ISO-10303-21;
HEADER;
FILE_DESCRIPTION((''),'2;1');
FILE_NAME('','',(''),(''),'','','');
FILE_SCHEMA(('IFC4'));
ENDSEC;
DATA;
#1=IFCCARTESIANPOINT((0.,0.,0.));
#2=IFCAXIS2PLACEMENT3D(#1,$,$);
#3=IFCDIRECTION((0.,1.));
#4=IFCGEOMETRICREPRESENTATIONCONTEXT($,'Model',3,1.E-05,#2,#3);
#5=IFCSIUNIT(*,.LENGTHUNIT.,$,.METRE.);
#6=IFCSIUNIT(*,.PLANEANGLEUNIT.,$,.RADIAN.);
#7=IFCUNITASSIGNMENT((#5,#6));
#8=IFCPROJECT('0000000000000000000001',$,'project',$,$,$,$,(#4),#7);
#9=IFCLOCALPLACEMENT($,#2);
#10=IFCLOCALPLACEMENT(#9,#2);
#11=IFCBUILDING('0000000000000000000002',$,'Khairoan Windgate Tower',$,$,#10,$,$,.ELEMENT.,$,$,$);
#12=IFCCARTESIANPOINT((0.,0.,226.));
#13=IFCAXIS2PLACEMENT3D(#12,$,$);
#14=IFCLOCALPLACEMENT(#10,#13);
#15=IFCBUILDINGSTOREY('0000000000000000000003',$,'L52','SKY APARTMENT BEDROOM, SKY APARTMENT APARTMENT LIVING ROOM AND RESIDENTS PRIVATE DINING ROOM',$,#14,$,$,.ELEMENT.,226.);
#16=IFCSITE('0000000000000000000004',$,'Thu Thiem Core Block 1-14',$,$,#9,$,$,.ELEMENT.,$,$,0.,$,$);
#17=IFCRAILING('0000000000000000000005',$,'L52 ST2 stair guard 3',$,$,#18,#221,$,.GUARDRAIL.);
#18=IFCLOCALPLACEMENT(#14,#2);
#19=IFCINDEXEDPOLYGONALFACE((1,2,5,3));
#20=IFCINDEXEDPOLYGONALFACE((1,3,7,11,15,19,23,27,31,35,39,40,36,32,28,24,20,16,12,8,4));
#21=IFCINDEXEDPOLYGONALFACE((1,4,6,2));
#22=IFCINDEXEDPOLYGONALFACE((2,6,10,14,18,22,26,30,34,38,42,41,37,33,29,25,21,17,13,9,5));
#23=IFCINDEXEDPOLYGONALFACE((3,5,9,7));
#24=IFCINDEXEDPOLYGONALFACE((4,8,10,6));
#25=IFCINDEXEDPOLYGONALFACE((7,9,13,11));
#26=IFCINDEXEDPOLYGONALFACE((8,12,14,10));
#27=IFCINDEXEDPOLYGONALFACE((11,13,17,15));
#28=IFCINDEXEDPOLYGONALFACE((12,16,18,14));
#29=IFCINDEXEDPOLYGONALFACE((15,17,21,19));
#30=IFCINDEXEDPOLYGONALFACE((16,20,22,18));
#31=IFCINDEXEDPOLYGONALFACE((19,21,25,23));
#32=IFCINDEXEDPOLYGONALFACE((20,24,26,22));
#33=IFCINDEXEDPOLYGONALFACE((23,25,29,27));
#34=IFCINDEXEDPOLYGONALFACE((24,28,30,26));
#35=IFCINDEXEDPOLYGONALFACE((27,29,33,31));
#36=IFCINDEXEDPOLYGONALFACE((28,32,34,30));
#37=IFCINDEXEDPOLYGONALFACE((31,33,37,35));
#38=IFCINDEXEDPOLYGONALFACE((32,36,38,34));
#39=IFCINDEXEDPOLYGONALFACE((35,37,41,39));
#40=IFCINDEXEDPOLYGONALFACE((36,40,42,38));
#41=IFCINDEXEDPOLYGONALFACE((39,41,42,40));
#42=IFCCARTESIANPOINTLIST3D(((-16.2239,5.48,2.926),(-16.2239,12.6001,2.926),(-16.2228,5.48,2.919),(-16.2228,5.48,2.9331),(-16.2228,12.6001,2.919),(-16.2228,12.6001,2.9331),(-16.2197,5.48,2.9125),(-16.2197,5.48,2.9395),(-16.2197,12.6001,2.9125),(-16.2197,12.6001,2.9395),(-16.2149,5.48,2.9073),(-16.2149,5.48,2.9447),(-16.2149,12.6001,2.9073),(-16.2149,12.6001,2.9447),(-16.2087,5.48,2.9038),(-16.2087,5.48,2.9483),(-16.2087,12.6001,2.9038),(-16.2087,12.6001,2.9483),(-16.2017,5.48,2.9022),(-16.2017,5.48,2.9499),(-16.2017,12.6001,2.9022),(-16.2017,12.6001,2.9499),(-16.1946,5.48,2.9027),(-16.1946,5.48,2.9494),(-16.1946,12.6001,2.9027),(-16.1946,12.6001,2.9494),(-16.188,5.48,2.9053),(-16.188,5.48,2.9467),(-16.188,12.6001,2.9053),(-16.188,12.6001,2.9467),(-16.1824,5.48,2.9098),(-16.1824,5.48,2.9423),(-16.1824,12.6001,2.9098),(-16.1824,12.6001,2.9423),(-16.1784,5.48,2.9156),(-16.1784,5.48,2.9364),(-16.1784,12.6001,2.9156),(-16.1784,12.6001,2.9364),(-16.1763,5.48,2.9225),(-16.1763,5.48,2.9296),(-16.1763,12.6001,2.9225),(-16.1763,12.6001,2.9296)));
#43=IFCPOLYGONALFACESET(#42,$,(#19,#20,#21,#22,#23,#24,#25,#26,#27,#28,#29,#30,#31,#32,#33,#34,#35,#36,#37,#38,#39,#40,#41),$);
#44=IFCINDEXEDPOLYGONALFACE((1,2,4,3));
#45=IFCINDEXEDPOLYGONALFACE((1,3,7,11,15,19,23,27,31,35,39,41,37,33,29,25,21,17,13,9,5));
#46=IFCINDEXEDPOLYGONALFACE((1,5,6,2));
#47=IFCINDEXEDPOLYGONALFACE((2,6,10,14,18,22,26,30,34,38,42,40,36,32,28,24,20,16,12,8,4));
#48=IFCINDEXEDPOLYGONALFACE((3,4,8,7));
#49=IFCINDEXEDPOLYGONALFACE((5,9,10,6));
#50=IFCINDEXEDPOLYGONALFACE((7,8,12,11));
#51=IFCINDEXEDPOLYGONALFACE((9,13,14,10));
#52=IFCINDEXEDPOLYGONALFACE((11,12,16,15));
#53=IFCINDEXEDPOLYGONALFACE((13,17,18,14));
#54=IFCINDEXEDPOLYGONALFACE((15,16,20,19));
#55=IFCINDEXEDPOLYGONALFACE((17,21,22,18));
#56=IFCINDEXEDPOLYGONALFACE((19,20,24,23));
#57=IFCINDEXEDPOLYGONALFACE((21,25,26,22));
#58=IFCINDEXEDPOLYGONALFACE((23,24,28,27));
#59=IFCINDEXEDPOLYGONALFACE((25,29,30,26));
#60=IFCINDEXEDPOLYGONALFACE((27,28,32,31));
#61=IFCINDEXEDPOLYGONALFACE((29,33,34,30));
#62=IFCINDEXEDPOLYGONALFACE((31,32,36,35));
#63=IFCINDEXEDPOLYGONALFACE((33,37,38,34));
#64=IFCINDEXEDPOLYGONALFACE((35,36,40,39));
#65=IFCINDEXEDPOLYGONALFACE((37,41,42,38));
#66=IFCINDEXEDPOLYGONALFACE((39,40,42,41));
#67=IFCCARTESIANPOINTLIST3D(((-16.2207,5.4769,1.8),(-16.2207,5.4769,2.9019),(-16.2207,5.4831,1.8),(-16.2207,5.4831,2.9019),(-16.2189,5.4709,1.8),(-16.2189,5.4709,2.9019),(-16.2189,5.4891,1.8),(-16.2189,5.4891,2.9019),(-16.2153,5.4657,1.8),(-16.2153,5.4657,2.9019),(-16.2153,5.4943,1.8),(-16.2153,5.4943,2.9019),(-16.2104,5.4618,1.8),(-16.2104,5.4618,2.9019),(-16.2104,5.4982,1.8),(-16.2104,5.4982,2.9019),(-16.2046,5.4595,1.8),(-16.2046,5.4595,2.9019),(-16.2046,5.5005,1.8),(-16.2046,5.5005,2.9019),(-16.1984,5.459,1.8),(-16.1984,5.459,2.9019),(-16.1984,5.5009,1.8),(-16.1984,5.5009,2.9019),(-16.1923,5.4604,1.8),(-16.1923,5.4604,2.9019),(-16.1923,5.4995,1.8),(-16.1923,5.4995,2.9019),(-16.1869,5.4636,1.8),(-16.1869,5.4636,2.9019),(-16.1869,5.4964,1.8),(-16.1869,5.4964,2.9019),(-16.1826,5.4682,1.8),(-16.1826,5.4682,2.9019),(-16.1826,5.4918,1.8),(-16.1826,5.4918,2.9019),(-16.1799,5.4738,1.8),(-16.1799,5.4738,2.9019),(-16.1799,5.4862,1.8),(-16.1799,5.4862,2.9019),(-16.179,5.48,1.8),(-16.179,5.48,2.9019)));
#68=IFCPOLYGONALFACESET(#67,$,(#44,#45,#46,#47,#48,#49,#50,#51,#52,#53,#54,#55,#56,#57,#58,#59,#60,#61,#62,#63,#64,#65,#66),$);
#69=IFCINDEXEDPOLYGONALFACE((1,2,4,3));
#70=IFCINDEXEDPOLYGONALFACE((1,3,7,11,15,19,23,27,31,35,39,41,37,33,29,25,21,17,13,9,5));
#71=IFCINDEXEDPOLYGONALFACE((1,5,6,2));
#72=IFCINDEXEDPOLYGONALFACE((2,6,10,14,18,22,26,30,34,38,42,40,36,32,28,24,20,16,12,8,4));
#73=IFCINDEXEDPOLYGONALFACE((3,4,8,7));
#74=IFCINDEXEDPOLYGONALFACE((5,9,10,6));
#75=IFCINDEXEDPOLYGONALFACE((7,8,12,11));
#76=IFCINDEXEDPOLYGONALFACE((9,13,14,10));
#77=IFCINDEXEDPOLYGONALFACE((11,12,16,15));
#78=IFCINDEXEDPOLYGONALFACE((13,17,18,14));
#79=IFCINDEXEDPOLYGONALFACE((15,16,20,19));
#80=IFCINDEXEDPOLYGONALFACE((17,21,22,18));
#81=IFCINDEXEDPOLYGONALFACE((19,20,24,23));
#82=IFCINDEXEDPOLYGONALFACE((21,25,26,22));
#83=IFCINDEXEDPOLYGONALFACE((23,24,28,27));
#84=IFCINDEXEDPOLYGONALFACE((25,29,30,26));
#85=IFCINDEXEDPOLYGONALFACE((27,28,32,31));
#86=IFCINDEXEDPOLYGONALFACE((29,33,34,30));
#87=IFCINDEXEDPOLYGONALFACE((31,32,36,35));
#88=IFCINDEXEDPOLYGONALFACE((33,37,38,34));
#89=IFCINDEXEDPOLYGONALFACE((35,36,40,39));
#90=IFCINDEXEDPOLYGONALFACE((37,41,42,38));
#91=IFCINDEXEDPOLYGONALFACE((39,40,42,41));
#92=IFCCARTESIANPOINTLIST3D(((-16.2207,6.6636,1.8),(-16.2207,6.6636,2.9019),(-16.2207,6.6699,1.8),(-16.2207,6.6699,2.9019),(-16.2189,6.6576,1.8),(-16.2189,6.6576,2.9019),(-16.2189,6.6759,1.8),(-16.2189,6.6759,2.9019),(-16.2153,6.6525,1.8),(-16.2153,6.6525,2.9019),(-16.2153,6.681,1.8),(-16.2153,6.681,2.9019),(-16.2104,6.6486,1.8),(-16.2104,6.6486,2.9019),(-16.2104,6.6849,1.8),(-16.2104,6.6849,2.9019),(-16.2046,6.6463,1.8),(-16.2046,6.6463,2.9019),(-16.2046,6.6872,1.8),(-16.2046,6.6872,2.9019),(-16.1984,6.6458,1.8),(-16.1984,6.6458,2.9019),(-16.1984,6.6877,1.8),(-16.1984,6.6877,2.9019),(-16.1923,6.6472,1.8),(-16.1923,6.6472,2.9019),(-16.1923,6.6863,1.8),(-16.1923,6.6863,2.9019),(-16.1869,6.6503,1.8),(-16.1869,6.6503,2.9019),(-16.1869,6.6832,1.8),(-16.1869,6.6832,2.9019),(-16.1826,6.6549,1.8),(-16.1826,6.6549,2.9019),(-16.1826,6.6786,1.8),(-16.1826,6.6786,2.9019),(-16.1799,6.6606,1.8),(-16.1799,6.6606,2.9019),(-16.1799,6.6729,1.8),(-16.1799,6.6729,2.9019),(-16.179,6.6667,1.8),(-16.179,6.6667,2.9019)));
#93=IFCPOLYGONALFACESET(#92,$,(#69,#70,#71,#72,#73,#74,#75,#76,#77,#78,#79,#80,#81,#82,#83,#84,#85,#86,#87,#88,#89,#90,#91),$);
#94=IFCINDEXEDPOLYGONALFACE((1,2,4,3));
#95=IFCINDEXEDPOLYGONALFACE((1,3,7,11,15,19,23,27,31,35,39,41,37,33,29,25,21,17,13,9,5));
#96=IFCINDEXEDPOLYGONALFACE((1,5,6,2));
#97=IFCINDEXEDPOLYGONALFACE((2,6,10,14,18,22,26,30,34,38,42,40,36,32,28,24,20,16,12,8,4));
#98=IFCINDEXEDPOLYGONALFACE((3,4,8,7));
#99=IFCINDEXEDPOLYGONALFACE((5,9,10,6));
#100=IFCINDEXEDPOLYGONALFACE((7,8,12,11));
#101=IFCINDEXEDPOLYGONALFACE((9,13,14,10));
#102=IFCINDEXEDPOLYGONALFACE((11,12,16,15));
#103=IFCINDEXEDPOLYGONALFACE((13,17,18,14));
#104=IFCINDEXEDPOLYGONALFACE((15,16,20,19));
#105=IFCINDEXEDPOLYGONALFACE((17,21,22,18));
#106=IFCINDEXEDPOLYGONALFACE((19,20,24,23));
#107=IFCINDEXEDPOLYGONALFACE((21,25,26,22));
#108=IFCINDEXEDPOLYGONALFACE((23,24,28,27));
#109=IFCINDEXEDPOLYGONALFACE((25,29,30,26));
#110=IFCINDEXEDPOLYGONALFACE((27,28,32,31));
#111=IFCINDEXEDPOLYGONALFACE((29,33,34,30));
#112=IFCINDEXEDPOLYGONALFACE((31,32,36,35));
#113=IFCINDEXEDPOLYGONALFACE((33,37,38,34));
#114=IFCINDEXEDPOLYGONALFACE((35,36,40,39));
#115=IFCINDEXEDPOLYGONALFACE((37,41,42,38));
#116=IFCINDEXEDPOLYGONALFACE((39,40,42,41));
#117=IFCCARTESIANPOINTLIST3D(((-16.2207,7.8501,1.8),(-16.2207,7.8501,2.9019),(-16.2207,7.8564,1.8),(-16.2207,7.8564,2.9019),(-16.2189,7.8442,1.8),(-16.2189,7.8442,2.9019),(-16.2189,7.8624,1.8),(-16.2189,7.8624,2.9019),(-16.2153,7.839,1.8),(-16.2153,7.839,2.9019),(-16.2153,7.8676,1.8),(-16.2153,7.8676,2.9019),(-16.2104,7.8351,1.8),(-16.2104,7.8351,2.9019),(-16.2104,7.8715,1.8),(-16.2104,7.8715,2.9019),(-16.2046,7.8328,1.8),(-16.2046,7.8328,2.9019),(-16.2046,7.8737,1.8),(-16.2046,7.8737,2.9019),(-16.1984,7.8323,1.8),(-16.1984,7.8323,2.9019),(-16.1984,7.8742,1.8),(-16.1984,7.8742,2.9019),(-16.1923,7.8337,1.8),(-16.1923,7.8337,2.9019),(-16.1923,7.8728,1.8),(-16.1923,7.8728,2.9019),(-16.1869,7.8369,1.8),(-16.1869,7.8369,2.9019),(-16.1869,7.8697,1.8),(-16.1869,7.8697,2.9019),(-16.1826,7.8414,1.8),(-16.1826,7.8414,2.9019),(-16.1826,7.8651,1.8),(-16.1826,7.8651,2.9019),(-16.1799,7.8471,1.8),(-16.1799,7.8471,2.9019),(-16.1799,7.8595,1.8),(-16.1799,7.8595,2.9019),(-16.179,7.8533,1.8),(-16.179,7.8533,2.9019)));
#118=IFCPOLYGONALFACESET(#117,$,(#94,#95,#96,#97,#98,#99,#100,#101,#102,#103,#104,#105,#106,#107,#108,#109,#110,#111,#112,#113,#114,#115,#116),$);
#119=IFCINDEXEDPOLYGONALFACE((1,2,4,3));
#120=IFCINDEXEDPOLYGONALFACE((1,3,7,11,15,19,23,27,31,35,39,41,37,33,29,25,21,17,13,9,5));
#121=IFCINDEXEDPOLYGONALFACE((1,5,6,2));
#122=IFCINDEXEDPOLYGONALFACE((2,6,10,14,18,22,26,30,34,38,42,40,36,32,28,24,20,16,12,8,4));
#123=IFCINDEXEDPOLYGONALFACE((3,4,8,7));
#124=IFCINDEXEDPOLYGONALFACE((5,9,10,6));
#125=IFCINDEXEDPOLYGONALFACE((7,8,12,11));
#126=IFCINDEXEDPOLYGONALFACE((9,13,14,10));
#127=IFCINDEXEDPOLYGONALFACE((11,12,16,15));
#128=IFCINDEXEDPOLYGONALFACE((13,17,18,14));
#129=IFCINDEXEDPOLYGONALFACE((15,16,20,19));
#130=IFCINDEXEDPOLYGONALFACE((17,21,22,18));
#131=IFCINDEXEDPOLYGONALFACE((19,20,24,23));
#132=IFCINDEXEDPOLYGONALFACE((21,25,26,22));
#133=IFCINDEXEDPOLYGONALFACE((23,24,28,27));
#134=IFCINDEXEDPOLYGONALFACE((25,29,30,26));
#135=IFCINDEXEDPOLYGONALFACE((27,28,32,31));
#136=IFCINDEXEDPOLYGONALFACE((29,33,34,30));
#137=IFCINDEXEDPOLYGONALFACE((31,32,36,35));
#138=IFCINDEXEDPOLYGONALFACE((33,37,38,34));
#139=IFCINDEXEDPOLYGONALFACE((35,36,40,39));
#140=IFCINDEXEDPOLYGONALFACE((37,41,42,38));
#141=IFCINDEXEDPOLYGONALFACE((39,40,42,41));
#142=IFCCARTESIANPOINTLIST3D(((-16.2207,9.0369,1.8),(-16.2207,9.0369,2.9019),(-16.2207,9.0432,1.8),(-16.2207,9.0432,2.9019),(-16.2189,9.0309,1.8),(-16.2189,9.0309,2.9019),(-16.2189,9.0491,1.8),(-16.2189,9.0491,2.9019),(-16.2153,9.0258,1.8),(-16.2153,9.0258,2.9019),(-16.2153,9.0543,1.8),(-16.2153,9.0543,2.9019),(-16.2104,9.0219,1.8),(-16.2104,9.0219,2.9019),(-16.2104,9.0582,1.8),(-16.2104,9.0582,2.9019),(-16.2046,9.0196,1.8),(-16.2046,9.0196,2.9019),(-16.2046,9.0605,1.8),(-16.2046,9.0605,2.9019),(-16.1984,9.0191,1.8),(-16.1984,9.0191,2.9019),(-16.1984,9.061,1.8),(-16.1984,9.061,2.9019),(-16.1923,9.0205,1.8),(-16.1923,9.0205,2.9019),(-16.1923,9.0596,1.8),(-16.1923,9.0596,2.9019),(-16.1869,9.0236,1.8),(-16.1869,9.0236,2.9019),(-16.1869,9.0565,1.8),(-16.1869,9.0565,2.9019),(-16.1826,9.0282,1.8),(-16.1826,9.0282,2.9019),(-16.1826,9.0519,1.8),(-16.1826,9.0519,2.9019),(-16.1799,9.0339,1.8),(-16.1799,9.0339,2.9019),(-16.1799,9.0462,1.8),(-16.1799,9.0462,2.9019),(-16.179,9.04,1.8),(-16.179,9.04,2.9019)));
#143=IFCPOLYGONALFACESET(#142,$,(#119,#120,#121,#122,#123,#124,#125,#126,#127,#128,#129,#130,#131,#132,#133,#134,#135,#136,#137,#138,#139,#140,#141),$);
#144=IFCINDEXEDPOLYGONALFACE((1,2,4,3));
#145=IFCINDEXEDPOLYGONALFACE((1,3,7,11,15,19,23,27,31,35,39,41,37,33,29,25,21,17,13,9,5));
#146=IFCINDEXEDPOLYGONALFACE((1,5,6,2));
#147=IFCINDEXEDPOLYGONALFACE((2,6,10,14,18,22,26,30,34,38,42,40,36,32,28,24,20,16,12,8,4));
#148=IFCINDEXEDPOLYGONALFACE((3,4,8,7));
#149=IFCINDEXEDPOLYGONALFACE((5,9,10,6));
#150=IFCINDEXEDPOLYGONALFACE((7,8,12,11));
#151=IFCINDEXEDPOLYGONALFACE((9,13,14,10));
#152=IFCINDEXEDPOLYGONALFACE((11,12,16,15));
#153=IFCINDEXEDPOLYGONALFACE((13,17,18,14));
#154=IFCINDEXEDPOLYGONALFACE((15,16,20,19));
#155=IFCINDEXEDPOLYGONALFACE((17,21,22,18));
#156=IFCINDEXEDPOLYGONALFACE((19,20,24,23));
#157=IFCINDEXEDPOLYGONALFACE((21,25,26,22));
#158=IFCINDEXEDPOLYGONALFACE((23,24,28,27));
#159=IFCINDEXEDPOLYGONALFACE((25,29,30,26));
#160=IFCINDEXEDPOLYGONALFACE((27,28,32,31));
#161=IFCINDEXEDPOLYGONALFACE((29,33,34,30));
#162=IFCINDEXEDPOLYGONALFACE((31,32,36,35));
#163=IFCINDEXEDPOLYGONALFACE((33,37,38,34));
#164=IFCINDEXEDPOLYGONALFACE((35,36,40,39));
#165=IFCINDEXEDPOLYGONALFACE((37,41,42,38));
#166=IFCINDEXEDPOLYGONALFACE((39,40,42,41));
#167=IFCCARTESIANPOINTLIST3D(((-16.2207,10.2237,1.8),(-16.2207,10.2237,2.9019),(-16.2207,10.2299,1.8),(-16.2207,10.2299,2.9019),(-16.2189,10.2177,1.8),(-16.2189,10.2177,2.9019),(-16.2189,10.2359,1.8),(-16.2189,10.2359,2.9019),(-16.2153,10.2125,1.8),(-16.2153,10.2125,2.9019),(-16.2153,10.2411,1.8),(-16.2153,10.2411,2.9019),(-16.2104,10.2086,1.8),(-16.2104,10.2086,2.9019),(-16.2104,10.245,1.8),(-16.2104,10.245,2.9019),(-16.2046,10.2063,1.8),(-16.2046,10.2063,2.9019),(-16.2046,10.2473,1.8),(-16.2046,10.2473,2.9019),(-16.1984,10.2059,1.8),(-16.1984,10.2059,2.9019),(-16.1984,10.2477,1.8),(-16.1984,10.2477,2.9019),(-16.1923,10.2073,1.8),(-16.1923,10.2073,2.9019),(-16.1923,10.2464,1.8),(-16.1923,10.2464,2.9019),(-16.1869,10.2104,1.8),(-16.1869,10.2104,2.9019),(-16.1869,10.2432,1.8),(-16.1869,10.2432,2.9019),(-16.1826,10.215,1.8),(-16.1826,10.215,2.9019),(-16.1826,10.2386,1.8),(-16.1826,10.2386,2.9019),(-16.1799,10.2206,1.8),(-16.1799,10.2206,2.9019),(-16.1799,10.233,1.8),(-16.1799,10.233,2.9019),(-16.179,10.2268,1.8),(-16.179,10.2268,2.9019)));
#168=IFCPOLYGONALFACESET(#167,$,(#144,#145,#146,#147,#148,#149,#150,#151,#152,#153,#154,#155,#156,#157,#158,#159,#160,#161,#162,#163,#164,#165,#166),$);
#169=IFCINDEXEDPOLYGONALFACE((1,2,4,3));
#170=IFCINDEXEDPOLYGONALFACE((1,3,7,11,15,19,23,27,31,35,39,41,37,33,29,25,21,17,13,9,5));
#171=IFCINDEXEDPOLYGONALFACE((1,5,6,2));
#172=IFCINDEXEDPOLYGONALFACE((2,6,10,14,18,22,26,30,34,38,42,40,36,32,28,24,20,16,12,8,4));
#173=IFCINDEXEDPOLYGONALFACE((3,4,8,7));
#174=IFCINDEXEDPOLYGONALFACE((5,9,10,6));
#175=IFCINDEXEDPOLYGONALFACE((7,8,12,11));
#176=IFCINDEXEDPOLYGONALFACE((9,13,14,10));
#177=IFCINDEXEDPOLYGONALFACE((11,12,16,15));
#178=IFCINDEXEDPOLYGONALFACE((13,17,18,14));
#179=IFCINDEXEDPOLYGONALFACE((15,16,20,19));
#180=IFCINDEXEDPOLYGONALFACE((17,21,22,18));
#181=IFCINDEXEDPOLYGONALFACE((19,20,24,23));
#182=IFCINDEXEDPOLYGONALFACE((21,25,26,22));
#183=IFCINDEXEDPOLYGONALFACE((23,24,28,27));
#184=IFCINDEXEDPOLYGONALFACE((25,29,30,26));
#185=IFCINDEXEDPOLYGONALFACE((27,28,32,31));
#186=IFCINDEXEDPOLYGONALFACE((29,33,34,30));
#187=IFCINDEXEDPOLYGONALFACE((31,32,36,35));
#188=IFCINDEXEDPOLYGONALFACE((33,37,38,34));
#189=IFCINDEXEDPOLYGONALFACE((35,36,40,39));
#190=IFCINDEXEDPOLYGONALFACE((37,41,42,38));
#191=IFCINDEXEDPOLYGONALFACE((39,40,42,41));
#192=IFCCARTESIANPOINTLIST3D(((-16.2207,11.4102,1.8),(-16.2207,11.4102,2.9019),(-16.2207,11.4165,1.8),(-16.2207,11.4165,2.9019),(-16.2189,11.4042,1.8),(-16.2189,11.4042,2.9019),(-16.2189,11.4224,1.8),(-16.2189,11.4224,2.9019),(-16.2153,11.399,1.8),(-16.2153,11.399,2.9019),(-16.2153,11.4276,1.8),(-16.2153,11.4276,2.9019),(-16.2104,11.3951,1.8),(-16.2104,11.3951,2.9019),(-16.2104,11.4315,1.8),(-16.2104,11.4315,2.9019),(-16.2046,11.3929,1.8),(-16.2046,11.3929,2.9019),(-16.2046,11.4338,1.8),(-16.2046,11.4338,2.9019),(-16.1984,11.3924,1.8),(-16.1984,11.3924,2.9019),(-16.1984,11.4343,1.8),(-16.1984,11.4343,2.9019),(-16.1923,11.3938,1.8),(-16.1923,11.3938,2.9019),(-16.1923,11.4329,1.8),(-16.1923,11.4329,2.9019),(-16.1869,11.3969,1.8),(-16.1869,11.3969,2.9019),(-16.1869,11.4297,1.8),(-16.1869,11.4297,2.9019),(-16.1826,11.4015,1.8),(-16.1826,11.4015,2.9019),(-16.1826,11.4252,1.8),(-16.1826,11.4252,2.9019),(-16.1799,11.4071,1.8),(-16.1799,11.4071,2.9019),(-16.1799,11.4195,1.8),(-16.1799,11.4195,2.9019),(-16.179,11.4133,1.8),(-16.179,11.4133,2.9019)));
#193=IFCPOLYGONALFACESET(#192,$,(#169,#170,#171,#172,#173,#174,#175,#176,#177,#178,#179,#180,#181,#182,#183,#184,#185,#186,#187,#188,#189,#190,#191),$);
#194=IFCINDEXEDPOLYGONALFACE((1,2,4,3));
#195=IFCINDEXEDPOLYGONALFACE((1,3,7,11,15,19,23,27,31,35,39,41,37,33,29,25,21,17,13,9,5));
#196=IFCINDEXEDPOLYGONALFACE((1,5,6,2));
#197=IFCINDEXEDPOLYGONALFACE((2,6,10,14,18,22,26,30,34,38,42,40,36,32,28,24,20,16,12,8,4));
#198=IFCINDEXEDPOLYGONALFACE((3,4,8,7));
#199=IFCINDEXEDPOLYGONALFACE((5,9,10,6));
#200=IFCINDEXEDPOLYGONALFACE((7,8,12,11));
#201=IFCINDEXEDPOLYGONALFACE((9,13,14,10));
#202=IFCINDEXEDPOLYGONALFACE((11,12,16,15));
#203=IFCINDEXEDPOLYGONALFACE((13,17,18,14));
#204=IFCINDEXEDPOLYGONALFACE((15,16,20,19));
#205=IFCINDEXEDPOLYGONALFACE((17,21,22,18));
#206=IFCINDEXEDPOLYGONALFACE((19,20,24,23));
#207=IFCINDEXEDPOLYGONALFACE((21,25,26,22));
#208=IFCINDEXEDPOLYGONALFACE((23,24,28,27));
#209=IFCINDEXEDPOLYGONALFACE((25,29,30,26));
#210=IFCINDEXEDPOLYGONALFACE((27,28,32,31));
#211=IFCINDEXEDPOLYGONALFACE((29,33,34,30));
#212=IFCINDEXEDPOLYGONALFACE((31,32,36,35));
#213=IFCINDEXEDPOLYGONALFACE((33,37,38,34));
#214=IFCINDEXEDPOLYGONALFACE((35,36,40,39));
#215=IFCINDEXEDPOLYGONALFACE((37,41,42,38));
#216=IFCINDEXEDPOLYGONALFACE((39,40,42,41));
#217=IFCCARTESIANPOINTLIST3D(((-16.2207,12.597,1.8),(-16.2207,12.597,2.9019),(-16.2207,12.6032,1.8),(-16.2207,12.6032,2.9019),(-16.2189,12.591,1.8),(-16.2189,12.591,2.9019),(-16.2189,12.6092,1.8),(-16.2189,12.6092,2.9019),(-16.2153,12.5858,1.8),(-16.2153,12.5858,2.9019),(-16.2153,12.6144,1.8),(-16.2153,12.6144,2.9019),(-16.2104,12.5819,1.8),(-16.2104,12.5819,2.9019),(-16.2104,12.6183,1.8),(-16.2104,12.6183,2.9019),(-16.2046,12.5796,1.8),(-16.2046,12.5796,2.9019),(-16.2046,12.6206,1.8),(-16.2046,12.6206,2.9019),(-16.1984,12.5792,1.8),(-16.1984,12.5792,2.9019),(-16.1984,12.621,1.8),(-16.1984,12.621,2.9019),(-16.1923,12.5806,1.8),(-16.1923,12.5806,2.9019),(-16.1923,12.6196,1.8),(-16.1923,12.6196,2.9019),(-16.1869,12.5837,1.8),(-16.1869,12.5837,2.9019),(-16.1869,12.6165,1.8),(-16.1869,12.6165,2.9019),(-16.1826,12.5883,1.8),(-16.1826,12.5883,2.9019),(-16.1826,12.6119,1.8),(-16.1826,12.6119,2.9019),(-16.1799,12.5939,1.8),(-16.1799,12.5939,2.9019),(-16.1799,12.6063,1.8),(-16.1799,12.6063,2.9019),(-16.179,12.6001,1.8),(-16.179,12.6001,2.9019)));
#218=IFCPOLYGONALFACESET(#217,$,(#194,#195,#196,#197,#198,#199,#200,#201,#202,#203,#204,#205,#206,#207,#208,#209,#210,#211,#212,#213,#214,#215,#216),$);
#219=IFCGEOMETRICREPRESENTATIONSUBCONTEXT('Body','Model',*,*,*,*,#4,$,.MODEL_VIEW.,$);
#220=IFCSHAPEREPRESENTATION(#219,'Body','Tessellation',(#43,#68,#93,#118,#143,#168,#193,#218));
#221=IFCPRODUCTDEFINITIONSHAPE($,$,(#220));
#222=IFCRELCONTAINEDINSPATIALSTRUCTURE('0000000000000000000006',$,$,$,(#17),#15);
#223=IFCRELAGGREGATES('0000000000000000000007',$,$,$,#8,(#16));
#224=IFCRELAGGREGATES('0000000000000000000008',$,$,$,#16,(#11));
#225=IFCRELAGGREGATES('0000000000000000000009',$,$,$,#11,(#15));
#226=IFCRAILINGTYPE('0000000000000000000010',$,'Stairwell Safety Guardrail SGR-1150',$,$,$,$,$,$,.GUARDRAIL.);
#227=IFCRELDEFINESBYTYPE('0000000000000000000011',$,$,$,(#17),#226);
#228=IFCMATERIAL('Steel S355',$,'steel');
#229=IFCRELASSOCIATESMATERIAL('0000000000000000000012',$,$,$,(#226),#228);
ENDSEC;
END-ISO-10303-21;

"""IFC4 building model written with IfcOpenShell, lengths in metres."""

from ifc_helpers import new_model, si_unit, direction, frame, origin, origin_2d, place, context, subcontext, project, spatial, circle, extrude, material, type_object, element, save


model = new_model("IFC4")

# Units and contexts
model_context = context("Model", 3, precision=1e-05, world=origin(), true_north=direction((0.0, 1.0)))
body_context = subcontext(model_context, "Body", "Model", "MODEL_VIEW")
ifc_project = project(units=[si_unit("LENGTHUNIT", "METRE"), si_unit("PLANEANGLEUNIT", "RADIAN")], contexts=[model_context])

# Site, building, storey
site_placement = place(None, origin())
site = spatial("IfcSite", under=ifc_project, at=site_placement, Name="Thu Thiem Core Block 1-14", CompositionType="ELEMENT", RefElevation=0.0)
building_placement = place(site_placement, origin())
building = spatial("IfcBuilding", under=site, at=building_placement, Name="Khairoan Windgate Tower", CompositionType="ELEMENT")
storey_placement = place(building_placement, frame((0.0, 0.0, 226.0)))
storey = spatial("IfcBuildingStorey", under=building, at=storey_placement, Name="L52", Description="SKY APARTMENT BEDROOM, SKY APARTMENT APARTMENT LIVING ROOM AND RESIDENTS PRIVATE DINING ROOM", CompositionType="ELEMENT", Elevation=226.0)

# Railing
ifc_material_1 = material(Name="Steel S355", Category="steel")
railing_type_1 = type_object("IfcRailingType", Name="Stairwell Safety Guardrail SGR-1150", PredefinedType="GUARDRAIL", material=ifc_material_1)
railing_1_placement = place(storey_placement, frame((-16.2, 5.48, 1.8)))
element("IfcRailing", 1, at=railing_1_placement, inside=storey, type_object=railing_type_1, Name="L52 ST2 stair guard 3", PredefinedType="GUARDRAIL", context=body_context, shape_type="SweptSolid", body=[
    extrude(circle(Radius=0.0239, at=origin_2d()), frame((0.0, 0.0, 1.126), z_axis=(0.0, 1.0, 0.0), x_axis=(-1.0, 0.0, 0.0)), (0.0, 0.0, 1.0), 7.1201),
    extrude(circle(Radius=0.021, at=origin_2d()), origin(), (0.0, 0.0, 1.0), 1.1018),
    extrude(circle(Radius=0.021, at=origin_2d()), frame((0.0, 1.1868, 0.0)), (0.0, 0.0, 1.0), 1.1018),
    extrude(circle(Radius=0.021, at=origin_2d()), frame((0.0, 2.3733, 0.0)), (0.0, 0.0, 1.0), 1.1018),
    extrude(circle(Radius=0.021, at=origin_2d()), frame((0.0, 3.5601, 0.0)), (0.0, 0.0, 1.0), 1.1018),
    extrude(circle(Radius=0.021, at=origin_2d()), frame((0.0, 4.7468, 0.0)), (0.0, 0.0, 1.0), 1.1018),
    extrude(circle(Radius=0.021, at=origin_2d()), frame((0.0, 5.9333, 0.0)), (0.0, 0.0, 1.0), 1.1018),
    extrude(circle(Radius=0.021, at=origin_2d()), frame((0.0, 7.1201, 0.0)), (0.0, 0.0, 1.0), 1.1018),
])

save(model, "model.ifc")
